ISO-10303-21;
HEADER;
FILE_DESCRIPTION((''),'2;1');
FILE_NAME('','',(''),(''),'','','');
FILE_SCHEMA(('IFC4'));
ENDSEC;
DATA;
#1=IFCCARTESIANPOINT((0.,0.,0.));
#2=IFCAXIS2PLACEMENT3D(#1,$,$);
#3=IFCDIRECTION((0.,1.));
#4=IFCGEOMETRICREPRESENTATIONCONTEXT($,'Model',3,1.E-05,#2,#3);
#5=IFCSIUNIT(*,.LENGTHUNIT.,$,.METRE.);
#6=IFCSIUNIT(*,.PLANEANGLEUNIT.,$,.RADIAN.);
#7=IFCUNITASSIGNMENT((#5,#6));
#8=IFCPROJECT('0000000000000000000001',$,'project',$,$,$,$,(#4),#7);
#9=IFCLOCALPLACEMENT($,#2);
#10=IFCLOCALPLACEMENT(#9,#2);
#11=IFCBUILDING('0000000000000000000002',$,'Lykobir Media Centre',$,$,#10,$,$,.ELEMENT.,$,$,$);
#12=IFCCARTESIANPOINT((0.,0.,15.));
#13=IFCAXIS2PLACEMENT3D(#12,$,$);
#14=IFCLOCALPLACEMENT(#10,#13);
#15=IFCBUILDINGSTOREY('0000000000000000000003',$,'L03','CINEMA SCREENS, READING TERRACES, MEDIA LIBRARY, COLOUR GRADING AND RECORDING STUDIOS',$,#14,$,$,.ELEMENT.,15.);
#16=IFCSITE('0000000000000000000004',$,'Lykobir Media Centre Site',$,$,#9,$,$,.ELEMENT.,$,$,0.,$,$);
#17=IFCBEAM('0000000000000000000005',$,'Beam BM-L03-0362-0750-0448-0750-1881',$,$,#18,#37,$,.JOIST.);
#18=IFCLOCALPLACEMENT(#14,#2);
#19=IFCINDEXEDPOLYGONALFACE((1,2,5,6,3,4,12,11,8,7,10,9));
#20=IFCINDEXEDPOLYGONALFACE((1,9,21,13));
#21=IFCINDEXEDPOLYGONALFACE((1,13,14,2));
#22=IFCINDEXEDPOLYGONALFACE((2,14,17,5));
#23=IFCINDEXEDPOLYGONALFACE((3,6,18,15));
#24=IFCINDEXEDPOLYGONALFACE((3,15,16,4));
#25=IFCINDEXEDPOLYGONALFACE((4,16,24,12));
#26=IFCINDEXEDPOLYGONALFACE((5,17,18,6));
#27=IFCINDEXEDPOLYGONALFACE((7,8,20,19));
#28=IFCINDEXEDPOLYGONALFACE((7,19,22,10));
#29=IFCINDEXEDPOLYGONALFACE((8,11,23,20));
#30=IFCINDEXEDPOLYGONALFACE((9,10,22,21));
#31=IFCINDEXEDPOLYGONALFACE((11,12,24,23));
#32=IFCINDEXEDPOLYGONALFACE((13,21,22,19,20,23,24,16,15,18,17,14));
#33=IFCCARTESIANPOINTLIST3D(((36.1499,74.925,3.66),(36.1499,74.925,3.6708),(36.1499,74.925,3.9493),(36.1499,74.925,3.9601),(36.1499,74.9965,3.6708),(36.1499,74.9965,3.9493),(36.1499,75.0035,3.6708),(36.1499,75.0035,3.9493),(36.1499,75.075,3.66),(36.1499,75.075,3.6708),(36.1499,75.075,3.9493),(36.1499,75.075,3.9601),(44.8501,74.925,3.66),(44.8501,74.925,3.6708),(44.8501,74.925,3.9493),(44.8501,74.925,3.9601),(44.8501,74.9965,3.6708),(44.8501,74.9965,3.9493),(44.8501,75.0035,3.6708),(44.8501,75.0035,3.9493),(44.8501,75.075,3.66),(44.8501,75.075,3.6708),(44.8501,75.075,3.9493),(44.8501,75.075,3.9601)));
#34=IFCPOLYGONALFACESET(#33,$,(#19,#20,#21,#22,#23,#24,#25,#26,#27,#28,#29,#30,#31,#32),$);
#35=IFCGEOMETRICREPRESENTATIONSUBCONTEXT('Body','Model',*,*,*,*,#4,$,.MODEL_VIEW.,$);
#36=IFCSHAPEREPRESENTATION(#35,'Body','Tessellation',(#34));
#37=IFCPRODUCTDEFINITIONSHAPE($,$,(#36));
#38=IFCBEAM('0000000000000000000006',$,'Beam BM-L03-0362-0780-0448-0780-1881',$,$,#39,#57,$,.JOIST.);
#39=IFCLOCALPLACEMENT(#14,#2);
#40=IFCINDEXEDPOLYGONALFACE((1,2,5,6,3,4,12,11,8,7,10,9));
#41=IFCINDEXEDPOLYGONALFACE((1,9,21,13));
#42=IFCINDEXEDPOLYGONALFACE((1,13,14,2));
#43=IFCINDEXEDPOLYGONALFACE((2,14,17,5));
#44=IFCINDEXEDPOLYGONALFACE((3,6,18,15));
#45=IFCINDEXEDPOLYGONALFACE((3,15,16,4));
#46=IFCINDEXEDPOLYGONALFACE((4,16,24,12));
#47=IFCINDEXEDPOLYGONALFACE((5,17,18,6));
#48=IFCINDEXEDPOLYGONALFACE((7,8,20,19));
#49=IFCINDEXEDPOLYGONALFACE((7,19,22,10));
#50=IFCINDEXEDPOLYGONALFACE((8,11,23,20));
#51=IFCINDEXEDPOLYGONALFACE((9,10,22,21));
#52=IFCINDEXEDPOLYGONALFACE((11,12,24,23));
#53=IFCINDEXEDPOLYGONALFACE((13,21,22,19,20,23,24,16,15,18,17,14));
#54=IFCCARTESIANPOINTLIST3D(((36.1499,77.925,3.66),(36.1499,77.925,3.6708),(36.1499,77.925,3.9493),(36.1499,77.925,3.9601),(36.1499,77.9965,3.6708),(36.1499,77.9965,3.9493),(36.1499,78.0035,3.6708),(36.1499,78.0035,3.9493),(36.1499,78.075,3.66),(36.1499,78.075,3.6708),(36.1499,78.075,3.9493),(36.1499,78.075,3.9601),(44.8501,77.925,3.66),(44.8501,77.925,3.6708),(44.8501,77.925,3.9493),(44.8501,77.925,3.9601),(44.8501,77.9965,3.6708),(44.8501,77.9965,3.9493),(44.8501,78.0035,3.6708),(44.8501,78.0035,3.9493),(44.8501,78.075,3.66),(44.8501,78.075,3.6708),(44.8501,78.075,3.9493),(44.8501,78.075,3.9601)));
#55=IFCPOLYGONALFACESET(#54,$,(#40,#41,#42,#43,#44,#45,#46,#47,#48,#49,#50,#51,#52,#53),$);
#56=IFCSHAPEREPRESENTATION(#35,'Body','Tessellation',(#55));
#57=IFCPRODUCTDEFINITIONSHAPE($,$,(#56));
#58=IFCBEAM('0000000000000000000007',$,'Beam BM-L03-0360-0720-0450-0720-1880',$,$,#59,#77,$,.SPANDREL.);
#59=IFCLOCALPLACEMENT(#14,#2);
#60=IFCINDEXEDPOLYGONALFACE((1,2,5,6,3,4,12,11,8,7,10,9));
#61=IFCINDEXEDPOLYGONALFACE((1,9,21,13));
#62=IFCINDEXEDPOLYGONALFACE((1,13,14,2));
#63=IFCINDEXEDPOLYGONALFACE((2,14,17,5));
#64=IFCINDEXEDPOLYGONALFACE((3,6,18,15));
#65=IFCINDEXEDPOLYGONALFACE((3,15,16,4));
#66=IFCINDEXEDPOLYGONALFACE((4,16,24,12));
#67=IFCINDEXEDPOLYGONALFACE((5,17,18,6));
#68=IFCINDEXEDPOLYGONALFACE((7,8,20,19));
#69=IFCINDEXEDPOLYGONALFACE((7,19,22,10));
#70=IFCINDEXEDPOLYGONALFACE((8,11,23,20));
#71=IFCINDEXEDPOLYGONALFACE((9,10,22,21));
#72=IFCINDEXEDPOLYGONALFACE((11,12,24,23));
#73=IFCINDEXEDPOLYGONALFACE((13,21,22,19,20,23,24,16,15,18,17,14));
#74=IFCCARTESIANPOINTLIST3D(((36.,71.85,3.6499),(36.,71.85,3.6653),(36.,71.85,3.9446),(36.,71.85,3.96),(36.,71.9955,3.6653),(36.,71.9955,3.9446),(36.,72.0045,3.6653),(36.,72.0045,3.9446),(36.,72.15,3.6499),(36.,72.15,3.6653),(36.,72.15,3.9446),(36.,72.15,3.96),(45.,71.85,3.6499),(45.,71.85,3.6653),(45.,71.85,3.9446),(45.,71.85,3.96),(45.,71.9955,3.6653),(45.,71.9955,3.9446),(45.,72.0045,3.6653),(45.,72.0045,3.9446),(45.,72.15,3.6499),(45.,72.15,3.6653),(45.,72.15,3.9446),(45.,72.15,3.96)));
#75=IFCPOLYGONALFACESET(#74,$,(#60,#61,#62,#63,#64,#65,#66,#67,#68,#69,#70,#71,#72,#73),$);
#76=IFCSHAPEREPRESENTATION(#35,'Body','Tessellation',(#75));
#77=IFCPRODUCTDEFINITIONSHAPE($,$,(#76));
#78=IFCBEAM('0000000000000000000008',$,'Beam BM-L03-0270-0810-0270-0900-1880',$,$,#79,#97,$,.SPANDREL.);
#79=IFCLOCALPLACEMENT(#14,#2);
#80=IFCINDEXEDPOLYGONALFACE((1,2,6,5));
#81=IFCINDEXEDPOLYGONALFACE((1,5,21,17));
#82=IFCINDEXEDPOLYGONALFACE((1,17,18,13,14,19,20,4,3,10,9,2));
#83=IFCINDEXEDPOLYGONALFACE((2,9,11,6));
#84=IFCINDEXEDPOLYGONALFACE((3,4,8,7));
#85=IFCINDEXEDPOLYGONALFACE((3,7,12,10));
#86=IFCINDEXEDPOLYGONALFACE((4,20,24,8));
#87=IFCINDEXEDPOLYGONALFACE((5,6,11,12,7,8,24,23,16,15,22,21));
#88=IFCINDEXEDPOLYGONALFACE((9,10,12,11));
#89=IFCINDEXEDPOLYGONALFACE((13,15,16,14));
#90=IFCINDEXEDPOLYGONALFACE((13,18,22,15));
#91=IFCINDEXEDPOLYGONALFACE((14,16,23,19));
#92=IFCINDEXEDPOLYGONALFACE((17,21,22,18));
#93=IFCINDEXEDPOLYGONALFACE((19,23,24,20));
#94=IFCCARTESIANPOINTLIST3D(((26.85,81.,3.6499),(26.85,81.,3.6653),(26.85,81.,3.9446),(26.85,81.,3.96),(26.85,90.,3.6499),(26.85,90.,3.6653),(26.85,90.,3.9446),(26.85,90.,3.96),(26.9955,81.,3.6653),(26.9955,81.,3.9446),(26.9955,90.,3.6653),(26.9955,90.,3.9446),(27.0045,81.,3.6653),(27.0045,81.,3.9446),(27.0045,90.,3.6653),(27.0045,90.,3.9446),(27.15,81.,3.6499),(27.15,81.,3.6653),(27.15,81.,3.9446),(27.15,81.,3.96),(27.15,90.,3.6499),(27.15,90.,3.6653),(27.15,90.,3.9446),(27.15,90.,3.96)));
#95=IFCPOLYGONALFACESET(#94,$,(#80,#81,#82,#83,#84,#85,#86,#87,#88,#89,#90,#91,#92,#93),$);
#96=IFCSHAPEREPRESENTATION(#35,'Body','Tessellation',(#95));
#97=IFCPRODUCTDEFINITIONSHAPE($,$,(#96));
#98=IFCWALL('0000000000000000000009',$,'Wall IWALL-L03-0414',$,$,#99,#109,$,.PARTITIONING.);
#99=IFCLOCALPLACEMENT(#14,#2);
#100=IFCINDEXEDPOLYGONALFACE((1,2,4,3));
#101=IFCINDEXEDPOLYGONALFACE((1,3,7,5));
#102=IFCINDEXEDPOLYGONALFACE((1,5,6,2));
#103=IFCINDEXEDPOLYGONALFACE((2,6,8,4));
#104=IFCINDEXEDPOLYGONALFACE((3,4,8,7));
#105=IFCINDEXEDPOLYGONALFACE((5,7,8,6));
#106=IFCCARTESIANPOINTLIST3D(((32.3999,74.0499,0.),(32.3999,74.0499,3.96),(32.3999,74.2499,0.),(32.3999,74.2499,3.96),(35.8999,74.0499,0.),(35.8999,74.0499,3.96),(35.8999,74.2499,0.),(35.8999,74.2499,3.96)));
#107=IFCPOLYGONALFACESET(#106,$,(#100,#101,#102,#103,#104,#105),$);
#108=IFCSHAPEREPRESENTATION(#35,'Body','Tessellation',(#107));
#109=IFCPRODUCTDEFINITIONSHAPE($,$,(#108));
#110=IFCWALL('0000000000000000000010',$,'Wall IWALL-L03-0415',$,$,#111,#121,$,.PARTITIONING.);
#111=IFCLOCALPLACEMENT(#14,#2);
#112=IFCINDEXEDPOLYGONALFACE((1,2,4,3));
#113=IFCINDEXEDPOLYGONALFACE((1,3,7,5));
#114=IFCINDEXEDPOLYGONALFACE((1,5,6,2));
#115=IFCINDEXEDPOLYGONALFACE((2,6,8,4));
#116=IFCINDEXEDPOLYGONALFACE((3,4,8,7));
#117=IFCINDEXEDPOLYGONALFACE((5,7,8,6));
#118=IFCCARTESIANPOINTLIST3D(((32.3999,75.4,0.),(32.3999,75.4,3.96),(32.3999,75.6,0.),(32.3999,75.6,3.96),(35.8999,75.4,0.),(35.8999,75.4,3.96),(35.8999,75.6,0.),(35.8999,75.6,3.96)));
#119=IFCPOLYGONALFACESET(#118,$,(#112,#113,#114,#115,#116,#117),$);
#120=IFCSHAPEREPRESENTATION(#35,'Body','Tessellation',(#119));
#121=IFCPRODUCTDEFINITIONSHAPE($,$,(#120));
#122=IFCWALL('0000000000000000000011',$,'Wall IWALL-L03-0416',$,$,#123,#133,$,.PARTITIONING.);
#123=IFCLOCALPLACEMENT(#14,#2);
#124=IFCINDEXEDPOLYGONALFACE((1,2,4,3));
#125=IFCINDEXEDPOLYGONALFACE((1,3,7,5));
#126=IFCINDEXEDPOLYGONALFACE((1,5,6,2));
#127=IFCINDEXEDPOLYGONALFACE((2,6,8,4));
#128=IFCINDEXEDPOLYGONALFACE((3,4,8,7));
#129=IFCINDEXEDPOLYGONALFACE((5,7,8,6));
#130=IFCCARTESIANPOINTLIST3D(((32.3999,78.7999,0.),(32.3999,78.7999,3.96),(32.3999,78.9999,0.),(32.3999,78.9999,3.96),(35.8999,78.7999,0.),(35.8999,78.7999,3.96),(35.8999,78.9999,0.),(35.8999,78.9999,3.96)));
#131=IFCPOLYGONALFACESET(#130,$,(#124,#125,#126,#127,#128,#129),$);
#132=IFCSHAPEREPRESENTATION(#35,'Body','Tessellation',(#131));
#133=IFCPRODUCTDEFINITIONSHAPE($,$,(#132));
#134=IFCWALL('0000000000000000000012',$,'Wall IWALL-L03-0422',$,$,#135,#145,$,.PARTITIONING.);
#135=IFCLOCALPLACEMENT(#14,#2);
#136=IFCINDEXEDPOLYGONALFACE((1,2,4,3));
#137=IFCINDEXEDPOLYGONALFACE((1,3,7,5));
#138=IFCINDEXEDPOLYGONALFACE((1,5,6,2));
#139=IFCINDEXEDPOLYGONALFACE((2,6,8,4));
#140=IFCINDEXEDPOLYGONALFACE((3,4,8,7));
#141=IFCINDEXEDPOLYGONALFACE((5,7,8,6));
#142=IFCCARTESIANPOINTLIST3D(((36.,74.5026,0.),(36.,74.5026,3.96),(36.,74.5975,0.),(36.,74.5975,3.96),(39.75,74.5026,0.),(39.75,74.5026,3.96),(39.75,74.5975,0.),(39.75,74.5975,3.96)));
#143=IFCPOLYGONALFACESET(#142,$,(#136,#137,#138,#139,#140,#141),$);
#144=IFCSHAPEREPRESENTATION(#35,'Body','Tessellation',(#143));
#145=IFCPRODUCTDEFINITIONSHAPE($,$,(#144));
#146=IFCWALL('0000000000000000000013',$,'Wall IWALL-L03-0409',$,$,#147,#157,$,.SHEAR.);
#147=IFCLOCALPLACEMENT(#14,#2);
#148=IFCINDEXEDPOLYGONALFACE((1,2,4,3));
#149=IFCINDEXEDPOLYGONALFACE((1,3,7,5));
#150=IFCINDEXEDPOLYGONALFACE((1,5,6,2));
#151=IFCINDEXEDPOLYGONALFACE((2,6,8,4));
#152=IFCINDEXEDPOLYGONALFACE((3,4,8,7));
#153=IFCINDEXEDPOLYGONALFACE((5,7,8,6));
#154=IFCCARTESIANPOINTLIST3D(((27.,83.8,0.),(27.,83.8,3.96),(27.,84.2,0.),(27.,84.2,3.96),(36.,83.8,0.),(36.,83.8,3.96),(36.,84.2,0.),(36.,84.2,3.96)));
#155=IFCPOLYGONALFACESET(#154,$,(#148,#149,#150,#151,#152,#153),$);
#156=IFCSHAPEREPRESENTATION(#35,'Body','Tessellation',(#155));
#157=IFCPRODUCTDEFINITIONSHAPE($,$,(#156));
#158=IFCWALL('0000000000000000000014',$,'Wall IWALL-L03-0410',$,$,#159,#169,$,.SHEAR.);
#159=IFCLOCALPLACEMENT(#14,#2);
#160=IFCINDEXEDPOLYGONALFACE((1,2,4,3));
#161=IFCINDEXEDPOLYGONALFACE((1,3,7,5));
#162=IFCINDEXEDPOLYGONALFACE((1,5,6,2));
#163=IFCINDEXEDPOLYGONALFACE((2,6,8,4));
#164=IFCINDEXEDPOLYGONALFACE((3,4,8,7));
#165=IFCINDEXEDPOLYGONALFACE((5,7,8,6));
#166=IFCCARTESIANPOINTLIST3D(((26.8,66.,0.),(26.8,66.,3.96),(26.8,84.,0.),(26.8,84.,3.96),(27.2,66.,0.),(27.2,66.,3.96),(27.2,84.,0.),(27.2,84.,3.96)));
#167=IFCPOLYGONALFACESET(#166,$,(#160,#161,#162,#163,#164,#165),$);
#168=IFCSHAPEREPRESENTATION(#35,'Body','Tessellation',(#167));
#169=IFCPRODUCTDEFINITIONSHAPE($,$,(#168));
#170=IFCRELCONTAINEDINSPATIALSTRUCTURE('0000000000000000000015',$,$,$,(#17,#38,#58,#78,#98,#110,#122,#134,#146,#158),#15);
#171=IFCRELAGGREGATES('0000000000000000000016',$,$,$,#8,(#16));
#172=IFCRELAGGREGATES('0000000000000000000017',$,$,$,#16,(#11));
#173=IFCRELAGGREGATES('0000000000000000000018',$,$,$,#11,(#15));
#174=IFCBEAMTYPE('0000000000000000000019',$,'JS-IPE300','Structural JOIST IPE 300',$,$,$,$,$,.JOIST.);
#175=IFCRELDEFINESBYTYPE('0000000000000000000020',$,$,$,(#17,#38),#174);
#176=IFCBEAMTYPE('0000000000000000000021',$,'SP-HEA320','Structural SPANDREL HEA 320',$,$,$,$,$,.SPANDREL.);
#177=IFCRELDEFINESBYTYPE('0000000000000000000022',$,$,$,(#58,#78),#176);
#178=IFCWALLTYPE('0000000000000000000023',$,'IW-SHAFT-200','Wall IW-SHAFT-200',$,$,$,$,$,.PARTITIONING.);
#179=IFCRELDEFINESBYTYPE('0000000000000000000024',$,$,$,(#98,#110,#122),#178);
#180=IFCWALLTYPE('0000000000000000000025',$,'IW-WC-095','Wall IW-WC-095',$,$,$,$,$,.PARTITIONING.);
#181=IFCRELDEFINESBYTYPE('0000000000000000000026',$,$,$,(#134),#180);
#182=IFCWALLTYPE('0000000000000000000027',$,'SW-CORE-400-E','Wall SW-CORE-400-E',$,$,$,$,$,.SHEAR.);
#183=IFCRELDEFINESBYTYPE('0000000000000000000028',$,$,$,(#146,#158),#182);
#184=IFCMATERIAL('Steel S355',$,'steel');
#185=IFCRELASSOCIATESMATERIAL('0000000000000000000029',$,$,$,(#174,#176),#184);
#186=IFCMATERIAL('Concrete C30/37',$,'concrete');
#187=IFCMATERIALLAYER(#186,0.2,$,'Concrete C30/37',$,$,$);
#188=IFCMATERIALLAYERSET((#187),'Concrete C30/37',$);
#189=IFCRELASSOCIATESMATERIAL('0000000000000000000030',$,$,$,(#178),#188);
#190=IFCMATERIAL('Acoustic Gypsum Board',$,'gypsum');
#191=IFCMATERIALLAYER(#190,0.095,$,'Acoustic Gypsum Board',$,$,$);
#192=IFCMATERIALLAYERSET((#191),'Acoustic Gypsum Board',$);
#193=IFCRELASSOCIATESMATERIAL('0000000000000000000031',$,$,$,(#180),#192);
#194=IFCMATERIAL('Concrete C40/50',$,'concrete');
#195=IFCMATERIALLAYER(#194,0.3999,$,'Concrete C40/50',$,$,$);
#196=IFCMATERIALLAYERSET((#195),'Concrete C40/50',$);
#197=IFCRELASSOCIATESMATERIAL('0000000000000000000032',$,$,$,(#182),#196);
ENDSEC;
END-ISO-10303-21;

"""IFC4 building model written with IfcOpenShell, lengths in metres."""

from ifc_helpers import new_model, si_unit, direction, frame, frame_2d, origin, origin_2d, place, context, subcontext, project, spatial, rectangle, i_section, extrude, material, layer, layer_set, material_profile, profile_set, type_object, element, save


model = new_model("IFC4")

# Units and contexts
model_context = context("Model", 3, precision=1e-05, world=origin(), true_north=direction((0.0, 1.0)))
body_context = subcontext(model_context, "Body", "Model", "MODEL_VIEW")
ifc_project = project(units=[si_unit("LENGTHUNIT", "METRE"), si_unit("PLANEANGLEUNIT", "RADIAN")], contexts=[model_context])

# Site, building, storey
site_placement = place(None, origin())
site = spatial("IfcSite", under=ifc_project, at=site_placement, Name="Lykobir Media Centre Site", CompositionType="ELEMENT", RefElevation=0.0)
building_placement = place(site_placement, origin())
building = spatial("IfcBuilding", under=site, at=building_placement, Name="Lykobir Media Centre", CompositionType="ELEMENT")
storey_placement = place(building_placement, frame((0.0, 0.0, 15.0)))
storey = spatial("IfcBuildingStorey", under=building, at=storey_placement, Name="L03", Description="CINEMA SCREENS, READING TERRACES, MEDIA LIBRARY, COLOUR GRADING AND RECORDING STUDIOS", CompositionType="ELEMENT", Elevation=15.0)

# Shared definitions
ifc_material_1 = material(Name="Concrete C40/50", Category="concrete")
ifc_material_2 = material(Name="Steel S355", Category="steel")

# Beams
ifc_material_profile_1 = material_profile(ifc_material_2, i_section(OverallWidth=0.1499, OverallDepth=0.3, WebThickness=0.0071, FlangeThickness=0.0107, at=origin_2d()), Name="IPE 300")
ifc_profile_set_1 = profile_set([ifc_material_profile_1], Name="Steel S355")
beam_type_1 = type_object("IfcBeamType", Name="JS-IPE300", Description="Structural JOIST IPE 300", PredefinedType="JOIST", material=ifc_profile_set_1)
for number, where, z_axis, x_axis, name in (
    (1, (36.1499, 75.0, 3.8101), (1.0, 0.0, 0.0), (0.0, 1.0, 0.0), "Beam BM-L03-0362-0750-0448-0750-1881"),
    (2, (36.1499, 78.0, 3.8101), (1.0, 0.0, 0.0), (0.0, 1.0, 0.0), "Beam BM-L03-0362-0780-0448-0780-1881"),
):
    element("IfcBeam", number, at=place(storey_placement, frame(where, z_axis=z_axis, x_axis=x_axis)), inside=storey, type_object=beam_type_1, Name=name, PredefinedType="JOIST", context=body_context, shape_type="SweptSolid", body=[
        extrude(i_section(OverallWidth=0.1499, OverallDepth=0.3, WebThickness=0.0071, FlangeThickness=0.0107, at=origin_2d()), origin(), (0.0, 0.0, 1.0), 8.7002),
    ])
ifc_material_profile_2 = material_profile(ifc_material_2, i_section(OverallWidth=0.3, OverallDepth=0.3101, WebThickness=0.009, FlangeThickness=0.0154, at=origin_2d()), Name="HEA 320")
ifc_profile_set_2 = profile_set([ifc_material_profile_2], Name="Steel S355")
beam_type_2 = type_object("IfcBeamType", Name="SP-HEA320", Description="Structural SPANDREL HEA 320", PredefinedType="SPANDREL", material=ifc_profile_set_2)
for number, where, z_axis, x_axis, name in (
    (3, (36.0, 72.0, 3.8049), (1.0, 0.0, 0.0), (0.0, 1.0, 0.0), "Beam BM-L03-0360-0720-0450-0720-1880"),
    (4, (27.0, 81.0, 3.8049), (0.0, 1.0, 0.0), (-1.0, 0.0, 0.0), "Beam BM-L03-0270-0810-0270-0900-1880"),
):
    element("IfcBeam", number, at=place(storey_placement, frame(where, z_axis=z_axis, x_axis=x_axis)), inside=storey, type_object=beam_type_2, Name=name, PredefinedType="SPANDREL", context=body_context, shape_type="SweptSolid", body=[
        extrude(i_section(OverallWidth=0.3, OverallDepth=0.3101, WebThickness=0.009, FlangeThickness=0.0154, at=origin_2d()), origin(), (0.0, 0.0, 1.0), 9.0),
    ])

# Walls
ifc_material_3 = material(Name="Concrete C30/37", Category="concrete")
ifc_layer_1 = layer(ifc_material_3, 0.2, Name="Concrete C30/37")
ifc_layer_set_1 = layer_set([ifc_layer_1], Name="Concrete C30/37")
wall_type_1 = type_object("IfcWallType", Name="IW-SHAFT-200", Description="Wall IW-SHAFT-200", PredefinedType="PARTITIONING", material=ifc_layer_set_1)
for number, where, z_axis, x_axis, name in (
    (5, (32.3999, 74.1499, 0.0), (0.0, 0.0, 1.0), (1.0, 0.0, 0.0), "Wall IWALL-L03-0414"),
    (6, (32.3999, 75.5, 0.0), (0.0, 0.0, 1.0), (1.0, 0.0, 0.0), "Wall IWALL-L03-0415"),
    (7, (32.3999, 78.8999, 0.0), (0.0, 0.0, 1.0), (1.0, 0.0, 0.0), "Wall IWALL-L03-0416"),
):
    element("IfcWall", number, at=place(storey_placement, frame(where, z_axis=z_axis, x_axis=x_axis)), inside=storey, type_object=wall_type_1, Name=name, PredefinedType="PARTITIONING", context=body_context, shape_type="SweptSolid", body=[
        extrude(rectangle(XDim=3.5, YDim=0.2, at=frame_2d((1.75, 0.0))), origin(), (0.0, 0.0, 1.0), 3.96),
    ])
ifc_material_4 = material(Name="Acoustic Gypsum Board", Category="gypsum")
ifc_layer_2 = layer(ifc_material_4, 0.095, Name="Acoustic Gypsum Board")
ifc_layer_set_2 = layer_set([ifc_layer_2], Name="Acoustic Gypsum Board")
wall_type_2 = type_object("IfcWallType", Name="IW-WC-095", Description="Wall IW-WC-095", PredefinedType="PARTITIONING", material=ifc_layer_set_2)
wall_1_placement = place(storey_placement, frame((36.0, 74.55, 0.0), z_axis=(0.0, 0.0, 1.0), x_axis=(1.0, 0.0, 0.0)))
element("IfcWall", 8, at=wall_1_placement, inside=storey, type_object=wall_type_2, Name="Wall IWALL-L03-0422", PredefinedType="PARTITIONING", context=body_context, shape_type="SweptSolid", body=[
    extrude(rectangle(XDim=3.75, YDim=0.095, at=frame_2d((1.875, 0.0))), origin(), (0.0, 0.0, 1.0), 3.96),
])
ifc_layer_3 = layer(ifc_material_1, 0.3999, Name="Concrete C40/50")
ifc_layer_set_3 = layer_set([ifc_layer_3], Name="Concrete C40/50")
wall_type_3 = type_object("IfcWallType", Name="SW-CORE-400-E", Description="Wall SW-CORE-400-E", PredefinedType="SHEAR", material=ifc_layer_set_3)
wall_2_placement = place(storey_placement, frame((36.0, 84.0, 0.0), z_axis=(0.0, 0.0, 1.0), x_axis=(-1.0, 0.0, 0.0)))
element("IfcWall", 9, at=wall_2_placement, inside=storey, type_object=wall_type_3, Name="Wall IWALL-L03-0409", PredefinedType="SHEAR", context=body_context, shape_type="SweptSolid", body=[
    extrude(rectangle(XDim=9.0, YDim=0.3999, at=frame_2d((4.5, 0.0))), origin(), (0.0, 0.0, 1.0), 3.96),
])
wall_3_placement = place(storey_placement, frame((27.0, 84.0, 0.0), z_axis=(0.0, 0.0, 1.0), x_axis=(0.0, -1.0, 0.0)))
element("IfcWall", 10, at=wall_3_placement, inside=storey, type_object=wall_type_3, Name="Wall IWALL-L03-0410", PredefinedType="SHEAR", context=body_context, shape_type="SweptSolid", body=[
    extrude(rectangle(XDim=18.0, YDim=0.3999, at=frame_2d((9.0, 0.0))), origin(), (0.0, 0.0, 1.0), 3.96),
])

save(model, "model.ifc")
